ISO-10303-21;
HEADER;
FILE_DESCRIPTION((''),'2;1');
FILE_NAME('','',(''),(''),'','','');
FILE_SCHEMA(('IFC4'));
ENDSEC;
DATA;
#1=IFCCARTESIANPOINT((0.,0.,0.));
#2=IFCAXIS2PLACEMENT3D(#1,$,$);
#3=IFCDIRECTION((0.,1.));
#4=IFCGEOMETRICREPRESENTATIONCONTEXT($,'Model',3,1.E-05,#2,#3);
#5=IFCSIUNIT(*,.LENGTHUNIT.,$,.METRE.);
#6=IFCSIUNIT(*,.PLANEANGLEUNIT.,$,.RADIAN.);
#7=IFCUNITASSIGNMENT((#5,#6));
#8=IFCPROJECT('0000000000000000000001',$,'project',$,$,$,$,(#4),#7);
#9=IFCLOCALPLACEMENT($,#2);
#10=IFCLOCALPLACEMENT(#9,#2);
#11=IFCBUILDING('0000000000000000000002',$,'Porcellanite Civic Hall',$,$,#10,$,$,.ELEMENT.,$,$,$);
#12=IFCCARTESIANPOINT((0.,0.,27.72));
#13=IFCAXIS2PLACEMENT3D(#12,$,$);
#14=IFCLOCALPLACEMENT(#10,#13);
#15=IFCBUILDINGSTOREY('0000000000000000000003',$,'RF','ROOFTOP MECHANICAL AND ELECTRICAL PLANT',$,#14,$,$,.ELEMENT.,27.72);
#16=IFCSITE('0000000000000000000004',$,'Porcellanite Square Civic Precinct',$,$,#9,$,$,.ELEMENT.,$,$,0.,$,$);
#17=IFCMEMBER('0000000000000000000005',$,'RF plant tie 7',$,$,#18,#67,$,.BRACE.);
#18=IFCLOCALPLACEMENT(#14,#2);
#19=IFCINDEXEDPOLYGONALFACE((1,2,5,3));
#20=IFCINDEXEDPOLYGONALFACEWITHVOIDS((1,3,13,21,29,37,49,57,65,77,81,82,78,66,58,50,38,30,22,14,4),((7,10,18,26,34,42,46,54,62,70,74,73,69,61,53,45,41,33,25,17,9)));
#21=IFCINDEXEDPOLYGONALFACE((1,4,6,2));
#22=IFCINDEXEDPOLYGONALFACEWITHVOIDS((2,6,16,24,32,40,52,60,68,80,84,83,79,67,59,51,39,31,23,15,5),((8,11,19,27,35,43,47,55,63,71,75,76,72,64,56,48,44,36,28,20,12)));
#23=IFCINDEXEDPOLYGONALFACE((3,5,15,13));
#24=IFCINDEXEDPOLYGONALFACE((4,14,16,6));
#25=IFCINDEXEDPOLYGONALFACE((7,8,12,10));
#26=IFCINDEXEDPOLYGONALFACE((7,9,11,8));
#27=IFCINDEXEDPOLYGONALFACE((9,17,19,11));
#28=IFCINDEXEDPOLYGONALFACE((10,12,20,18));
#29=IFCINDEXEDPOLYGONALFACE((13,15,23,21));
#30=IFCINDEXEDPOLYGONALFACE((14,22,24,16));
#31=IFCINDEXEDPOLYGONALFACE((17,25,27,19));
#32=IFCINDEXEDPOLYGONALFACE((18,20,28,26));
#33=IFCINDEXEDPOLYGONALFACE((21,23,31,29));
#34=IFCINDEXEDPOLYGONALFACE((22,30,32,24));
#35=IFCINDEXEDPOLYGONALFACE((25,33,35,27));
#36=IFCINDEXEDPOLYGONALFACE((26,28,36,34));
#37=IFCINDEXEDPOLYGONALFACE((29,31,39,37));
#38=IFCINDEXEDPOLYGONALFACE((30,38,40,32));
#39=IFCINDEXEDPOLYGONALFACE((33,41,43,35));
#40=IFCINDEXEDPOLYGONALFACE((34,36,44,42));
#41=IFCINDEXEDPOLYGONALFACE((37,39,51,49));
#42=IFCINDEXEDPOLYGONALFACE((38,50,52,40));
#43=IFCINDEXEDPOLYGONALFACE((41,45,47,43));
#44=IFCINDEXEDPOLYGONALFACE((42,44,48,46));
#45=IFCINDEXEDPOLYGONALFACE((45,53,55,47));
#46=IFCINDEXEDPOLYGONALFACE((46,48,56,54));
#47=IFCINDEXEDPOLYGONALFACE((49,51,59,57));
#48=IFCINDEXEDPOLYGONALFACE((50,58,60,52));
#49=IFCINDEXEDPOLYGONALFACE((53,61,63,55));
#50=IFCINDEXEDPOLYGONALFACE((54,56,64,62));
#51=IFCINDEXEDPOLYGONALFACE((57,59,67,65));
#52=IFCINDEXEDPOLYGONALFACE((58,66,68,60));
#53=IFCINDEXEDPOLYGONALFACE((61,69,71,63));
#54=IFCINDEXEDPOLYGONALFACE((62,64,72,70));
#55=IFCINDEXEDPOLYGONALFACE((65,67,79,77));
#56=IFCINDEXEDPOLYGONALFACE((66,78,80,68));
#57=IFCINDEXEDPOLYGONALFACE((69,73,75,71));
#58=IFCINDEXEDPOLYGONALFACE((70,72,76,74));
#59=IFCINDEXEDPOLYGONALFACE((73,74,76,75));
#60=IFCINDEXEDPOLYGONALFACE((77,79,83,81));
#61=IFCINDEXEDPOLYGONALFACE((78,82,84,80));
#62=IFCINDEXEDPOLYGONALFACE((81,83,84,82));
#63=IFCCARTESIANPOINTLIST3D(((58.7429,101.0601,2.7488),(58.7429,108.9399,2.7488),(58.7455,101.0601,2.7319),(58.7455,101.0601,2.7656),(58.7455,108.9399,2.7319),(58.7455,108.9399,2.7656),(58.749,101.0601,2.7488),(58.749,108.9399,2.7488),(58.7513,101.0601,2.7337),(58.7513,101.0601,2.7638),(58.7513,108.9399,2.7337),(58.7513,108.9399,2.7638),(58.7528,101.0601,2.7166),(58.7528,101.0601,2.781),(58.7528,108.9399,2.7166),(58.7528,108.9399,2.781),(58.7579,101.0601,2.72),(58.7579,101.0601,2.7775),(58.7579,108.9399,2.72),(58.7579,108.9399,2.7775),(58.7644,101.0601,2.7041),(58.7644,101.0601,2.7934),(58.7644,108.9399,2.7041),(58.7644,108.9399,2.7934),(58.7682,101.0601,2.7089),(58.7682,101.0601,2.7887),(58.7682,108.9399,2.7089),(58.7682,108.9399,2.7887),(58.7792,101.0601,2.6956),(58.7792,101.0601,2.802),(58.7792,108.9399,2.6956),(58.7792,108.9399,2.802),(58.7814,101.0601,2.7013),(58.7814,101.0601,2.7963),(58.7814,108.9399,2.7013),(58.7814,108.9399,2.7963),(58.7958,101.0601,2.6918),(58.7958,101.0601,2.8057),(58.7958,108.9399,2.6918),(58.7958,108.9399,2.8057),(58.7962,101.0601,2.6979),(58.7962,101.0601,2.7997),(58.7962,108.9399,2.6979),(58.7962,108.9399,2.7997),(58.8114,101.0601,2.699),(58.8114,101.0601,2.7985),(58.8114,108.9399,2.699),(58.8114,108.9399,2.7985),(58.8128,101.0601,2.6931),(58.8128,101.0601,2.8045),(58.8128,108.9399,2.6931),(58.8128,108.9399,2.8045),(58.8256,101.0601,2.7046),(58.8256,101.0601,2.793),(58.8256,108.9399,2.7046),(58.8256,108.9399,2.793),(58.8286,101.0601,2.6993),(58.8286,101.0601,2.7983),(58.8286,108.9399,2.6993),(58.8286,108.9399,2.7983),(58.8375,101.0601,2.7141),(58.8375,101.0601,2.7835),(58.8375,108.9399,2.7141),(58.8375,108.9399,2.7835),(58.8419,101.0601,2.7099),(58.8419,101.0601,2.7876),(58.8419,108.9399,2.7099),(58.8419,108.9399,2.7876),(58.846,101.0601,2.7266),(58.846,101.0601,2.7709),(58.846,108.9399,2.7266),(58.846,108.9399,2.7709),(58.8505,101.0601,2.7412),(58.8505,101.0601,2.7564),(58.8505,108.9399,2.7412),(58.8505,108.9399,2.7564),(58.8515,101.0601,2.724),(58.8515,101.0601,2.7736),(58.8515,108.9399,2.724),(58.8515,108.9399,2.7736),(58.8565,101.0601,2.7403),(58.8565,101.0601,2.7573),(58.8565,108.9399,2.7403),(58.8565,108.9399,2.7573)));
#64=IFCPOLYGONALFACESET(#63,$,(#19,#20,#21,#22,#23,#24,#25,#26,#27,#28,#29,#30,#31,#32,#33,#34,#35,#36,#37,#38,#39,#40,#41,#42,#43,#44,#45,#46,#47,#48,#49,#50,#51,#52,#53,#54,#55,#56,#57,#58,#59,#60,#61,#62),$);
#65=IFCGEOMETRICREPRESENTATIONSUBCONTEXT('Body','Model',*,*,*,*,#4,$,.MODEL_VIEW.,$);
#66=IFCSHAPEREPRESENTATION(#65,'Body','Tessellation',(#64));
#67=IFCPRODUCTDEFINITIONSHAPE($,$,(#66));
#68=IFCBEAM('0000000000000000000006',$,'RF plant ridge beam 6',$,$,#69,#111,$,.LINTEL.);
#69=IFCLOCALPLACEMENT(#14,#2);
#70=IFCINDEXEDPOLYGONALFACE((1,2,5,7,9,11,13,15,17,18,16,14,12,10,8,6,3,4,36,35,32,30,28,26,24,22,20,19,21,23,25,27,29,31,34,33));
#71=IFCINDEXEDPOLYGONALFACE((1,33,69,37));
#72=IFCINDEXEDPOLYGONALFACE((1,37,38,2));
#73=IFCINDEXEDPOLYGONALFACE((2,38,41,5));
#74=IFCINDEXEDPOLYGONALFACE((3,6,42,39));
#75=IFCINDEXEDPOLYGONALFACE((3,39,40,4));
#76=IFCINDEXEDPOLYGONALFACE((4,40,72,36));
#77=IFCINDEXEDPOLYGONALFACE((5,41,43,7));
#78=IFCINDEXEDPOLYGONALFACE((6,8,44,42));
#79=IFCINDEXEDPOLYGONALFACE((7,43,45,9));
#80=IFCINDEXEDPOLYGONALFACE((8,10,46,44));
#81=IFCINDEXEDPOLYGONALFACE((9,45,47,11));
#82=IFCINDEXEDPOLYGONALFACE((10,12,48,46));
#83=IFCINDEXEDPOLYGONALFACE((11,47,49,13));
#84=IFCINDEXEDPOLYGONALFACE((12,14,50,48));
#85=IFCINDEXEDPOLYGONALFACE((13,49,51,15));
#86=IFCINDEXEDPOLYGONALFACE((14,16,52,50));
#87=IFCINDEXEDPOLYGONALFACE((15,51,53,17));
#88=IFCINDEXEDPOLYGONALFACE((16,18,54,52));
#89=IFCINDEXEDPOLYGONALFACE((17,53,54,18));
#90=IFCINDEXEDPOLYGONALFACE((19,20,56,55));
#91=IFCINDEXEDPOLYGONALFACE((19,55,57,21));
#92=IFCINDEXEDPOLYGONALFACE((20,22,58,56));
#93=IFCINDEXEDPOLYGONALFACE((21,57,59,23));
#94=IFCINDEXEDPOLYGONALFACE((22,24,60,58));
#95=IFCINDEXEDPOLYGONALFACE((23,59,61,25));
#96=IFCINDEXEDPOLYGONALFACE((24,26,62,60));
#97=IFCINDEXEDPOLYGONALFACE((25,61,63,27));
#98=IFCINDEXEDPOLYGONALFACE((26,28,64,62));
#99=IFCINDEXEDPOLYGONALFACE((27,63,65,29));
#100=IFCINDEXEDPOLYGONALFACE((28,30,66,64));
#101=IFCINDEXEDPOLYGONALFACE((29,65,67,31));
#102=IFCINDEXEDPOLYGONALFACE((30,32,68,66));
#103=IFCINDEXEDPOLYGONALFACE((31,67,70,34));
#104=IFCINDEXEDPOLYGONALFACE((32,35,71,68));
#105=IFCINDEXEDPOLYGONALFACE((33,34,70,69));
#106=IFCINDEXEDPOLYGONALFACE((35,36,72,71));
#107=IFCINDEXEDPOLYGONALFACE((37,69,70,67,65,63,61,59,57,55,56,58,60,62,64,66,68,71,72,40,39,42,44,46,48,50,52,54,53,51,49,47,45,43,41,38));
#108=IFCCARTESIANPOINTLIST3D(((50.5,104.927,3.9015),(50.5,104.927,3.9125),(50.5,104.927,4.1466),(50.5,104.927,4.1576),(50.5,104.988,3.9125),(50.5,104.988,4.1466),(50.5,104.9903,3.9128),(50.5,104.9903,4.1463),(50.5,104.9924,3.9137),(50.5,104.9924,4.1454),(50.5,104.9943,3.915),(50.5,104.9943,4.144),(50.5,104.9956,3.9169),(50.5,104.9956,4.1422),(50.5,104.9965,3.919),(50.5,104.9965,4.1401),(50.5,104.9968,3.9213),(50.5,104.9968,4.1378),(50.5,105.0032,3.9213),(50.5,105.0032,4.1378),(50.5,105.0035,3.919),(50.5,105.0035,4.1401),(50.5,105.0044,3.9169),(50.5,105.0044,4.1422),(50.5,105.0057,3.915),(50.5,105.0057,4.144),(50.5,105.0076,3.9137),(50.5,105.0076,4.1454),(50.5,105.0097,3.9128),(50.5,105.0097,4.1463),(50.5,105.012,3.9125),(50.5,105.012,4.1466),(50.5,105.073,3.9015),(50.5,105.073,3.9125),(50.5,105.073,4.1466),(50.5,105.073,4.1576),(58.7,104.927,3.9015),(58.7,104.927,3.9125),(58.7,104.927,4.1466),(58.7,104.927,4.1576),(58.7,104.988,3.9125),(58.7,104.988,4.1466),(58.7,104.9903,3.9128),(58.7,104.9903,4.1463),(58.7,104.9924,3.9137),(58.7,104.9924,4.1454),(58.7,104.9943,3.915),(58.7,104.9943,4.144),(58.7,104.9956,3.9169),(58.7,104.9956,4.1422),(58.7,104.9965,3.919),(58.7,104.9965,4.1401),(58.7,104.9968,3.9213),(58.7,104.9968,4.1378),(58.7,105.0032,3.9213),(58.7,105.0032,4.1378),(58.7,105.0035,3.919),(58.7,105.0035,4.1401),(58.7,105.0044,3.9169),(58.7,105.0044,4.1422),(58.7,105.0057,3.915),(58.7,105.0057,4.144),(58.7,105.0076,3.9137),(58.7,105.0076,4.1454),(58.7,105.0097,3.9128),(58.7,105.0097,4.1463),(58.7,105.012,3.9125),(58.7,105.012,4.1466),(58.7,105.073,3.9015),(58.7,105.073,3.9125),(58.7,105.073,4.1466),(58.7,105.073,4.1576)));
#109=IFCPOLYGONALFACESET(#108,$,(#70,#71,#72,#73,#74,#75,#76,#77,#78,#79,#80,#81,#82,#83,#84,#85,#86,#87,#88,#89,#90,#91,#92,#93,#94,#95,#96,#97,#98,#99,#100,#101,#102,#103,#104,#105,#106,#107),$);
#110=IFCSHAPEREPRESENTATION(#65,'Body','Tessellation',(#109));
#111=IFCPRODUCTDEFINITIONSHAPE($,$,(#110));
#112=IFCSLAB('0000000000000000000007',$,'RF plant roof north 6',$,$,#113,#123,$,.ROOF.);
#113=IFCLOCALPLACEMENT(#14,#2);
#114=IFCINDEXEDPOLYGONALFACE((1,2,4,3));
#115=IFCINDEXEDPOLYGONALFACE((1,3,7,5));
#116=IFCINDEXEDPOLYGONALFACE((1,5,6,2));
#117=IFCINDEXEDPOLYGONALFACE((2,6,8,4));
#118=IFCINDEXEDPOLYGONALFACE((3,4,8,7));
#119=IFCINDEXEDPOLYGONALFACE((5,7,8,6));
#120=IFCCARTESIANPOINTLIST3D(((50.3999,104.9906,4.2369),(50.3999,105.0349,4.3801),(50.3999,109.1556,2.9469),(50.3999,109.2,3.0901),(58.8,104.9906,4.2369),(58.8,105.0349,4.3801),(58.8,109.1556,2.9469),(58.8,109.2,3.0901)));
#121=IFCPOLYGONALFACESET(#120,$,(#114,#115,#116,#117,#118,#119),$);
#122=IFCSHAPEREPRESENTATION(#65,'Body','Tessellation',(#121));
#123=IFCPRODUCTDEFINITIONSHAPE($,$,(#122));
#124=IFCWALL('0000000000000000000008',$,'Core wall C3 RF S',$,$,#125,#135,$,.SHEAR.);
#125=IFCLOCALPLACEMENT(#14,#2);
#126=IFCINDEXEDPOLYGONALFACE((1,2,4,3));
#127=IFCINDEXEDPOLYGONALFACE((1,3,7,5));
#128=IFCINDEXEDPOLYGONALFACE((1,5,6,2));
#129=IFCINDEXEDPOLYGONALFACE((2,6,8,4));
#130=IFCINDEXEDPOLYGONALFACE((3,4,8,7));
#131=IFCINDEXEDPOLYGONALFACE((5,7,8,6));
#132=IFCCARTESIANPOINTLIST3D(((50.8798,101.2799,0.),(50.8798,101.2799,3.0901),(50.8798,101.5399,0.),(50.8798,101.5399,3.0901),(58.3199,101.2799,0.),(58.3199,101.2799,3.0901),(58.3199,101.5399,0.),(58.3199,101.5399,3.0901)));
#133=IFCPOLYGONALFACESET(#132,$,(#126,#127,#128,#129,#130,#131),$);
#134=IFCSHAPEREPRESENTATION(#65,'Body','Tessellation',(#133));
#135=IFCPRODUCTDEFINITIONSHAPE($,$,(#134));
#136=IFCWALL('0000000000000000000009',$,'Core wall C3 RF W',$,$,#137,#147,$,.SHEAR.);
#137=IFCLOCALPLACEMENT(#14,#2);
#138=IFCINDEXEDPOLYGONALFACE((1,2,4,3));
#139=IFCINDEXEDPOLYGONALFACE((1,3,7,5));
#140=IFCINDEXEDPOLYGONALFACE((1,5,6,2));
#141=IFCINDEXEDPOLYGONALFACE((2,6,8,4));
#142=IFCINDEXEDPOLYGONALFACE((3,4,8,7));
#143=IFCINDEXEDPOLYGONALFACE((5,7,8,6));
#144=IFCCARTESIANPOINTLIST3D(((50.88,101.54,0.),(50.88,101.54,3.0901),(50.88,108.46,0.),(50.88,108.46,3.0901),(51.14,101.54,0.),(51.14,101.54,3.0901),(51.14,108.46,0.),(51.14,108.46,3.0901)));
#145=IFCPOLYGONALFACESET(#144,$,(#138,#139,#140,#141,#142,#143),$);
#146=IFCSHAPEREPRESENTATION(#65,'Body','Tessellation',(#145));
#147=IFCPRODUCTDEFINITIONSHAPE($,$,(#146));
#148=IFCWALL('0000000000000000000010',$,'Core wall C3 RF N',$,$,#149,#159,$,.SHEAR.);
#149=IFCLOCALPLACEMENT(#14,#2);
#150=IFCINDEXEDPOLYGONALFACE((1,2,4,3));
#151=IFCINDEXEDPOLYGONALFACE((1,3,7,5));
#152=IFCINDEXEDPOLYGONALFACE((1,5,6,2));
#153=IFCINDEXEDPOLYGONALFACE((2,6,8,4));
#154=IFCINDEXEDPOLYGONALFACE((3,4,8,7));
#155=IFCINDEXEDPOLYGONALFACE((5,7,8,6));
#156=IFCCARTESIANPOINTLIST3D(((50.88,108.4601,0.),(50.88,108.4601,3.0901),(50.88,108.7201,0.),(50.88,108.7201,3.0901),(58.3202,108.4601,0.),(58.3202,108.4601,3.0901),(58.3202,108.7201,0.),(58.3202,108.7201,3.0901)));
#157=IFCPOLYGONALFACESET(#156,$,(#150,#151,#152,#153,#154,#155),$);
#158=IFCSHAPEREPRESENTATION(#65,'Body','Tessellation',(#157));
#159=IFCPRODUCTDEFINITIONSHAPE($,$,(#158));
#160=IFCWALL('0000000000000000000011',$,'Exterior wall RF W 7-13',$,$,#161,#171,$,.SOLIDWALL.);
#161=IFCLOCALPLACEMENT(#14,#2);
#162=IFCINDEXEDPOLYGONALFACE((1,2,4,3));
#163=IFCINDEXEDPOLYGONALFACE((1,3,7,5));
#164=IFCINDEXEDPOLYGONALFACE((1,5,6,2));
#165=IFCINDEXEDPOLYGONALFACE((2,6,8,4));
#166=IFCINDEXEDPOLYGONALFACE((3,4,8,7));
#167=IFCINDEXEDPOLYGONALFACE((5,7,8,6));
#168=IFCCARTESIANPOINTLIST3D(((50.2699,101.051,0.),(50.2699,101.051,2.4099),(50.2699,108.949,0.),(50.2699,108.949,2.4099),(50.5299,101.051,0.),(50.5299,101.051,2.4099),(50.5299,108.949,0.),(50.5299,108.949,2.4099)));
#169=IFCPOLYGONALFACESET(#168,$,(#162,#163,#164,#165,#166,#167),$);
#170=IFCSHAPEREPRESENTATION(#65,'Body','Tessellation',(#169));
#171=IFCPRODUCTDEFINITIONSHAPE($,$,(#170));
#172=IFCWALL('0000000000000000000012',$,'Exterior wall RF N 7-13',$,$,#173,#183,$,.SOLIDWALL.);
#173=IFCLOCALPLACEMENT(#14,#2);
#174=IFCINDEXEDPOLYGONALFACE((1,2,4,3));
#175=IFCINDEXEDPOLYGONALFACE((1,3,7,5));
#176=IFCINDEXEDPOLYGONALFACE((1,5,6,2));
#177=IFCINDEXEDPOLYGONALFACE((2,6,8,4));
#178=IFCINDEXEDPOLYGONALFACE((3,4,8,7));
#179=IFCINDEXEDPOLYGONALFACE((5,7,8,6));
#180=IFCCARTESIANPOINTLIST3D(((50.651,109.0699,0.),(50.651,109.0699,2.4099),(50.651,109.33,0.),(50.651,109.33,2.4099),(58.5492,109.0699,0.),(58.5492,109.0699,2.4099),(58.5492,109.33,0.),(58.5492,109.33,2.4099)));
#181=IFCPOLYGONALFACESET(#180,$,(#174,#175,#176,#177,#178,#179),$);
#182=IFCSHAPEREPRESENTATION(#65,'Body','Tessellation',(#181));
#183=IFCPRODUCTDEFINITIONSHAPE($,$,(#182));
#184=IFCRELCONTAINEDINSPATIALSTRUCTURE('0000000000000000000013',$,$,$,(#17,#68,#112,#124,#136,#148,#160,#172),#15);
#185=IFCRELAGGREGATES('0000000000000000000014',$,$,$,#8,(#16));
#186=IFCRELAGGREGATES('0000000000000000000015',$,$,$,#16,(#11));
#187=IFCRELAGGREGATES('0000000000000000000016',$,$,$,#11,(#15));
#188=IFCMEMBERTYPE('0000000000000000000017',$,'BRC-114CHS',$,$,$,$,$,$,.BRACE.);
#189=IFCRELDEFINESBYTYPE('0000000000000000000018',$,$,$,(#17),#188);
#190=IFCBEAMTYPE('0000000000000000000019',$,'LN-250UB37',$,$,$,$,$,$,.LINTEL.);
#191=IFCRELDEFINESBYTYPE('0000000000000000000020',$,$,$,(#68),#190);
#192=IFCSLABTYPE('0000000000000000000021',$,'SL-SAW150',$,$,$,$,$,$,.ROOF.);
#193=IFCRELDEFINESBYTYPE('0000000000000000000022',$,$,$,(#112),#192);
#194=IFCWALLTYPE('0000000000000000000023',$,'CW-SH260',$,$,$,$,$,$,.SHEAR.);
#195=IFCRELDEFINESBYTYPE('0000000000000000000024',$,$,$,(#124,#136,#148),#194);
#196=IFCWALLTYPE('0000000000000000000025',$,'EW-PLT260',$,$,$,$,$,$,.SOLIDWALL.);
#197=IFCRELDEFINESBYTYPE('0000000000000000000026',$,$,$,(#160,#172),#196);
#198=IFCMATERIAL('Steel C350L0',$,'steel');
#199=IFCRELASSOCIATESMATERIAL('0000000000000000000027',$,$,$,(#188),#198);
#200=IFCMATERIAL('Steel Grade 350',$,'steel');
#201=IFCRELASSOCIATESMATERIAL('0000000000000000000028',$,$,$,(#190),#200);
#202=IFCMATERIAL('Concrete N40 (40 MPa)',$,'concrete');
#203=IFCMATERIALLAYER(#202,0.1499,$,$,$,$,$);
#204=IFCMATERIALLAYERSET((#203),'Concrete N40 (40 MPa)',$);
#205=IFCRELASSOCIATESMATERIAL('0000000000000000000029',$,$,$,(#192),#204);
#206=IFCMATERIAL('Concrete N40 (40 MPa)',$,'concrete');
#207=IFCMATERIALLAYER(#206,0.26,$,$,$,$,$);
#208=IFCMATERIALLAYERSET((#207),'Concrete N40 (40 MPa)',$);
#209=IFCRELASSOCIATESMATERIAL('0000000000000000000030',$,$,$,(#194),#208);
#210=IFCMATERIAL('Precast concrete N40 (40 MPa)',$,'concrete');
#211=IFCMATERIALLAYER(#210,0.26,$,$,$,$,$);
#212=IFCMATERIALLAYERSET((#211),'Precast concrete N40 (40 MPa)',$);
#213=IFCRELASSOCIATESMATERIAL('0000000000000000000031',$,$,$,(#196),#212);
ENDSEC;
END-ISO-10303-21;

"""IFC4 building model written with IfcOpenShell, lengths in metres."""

from ifc_helpers import new_model, si_unit, direction, frame, frame_2d, origin, origin_2d, place, context, subcontext, project, spatial, polyline, rectangle, hollow_circle, i_section, outline, extrude, material, layer, layer_set, material_profile, profile_set, type_object, element, save


model = new_model("IFC4")

# Units and contexts
model_context = context("Model", 3, precision=1e-05, world=origin(), true_north=direction((0.0, 1.0)))
body_context = subcontext(model_context, "Body", "Model", "MODEL_VIEW")
ifc_project = project(units=[si_unit("LENGTHUNIT", "METRE"), si_unit("PLANEANGLEUNIT", "RADIAN")], contexts=[model_context])

# Site, building, storey
site_placement = place(None, origin())
site = spatial("IfcSite", under=ifc_project, at=site_placement, Name="Porcellanite Square Civic Precinct", CompositionType="ELEMENT", RefElevation=0.0)
building_placement = place(site_placement, origin())
building = spatial("IfcBuilding", under=site, at=building_placement, Name="Porcellanite Civic Hall", CompositionType="ELEMENT")
storey_placement = place(building_placement, frame((0.0, 0.0, 27.72)))
storey = spatial("IfcBuildingStorey", under=building, at=storey_placement, Name="RF", Description="ROOFTOP MECHANICAL AND ELECTRICAL PLANT", CompositionType="ELEMENT", Elevation=27.72)

# Member
ifc_material_1 = material(Name="Steel C350L0", Category="steel")
ifc_material_profile_1 = material_profile(ifc_material_1, hollow_circle(Radius=0.0571, WallThickness=0.0061, at=origin_2d()), Name="114.3x6.0CHS")
ifc_profile_set_1 = profile_set([ifc_material_profile_1], Name="Steel C350L0")
member_type = type_object("IfcMemberType", Name="BRC-114CHS", PredefinedType="BRACE", material=ifc_profile_set_1)
for number, where, z_axis, x_axis, name in (
    (1, (58.8, 101.0601, 2.7488), (0.0, 1.0, 0.0), (-1.0, 0.0, 0.0), "RF plant tie 7"),
):
    element("IfcMember", number, at=place(storey_placement, frame(where, z_axis=z_axis, x_axis=x_axis)), inside=storey, type_object=member_type, Name=name, PredefinedType="BRACE", context=body_context, shape_type="SweptSolid", body=[
        extrude(hollow_circle(Radius=0.0571, WallThickness=0.0061, at=origin_2d()), origin(), (0.0, 0.0, 1.0), 7.8799),
    ])

# Beam
ifc_material_2 = material(Name="Steel Grade 350", Category="steel")
ifc_material_profile_2 = material_profile(ifc_material_2, i_section(OverallWidth=0.146, OverallDepth=0.2561, WebThickness=0.0063, FlangeThickness=0.011, FilletRadius=0.0088, at=origin_2d()), Name="250UB37.3")
ifc_profile_set_2 = profile_set([ifc_material_profile_2], Name="Steel Grade 350")
beam_type_1 = type_object("IfcBeamType", Name="LN-250UB37", PredefinedType="LINTEL", material=ifc_profile_set_2)
beam_placement = place(storey_placement, frame((50.5, 105.0, 4.0295), z_axis=(1.0, 0.0, 0.0), x_axis=(0.0, 1.0, 0.0)))
element("IfcBeam", 2, at=beam_placement, inside=storey, type_object=beam_type_1, Name="RF plant ridge beam 6", PredefinedType="LINTEL", context=body_context, shape_type="SweptSolid", body=[
    extrude(i_section(OverallWidth=0.146, OverallDepth=0.2561, WebThickness=0.0063, FlangeThickness=0.011, FilletRadius=0.0088, at=origin_2d()), origin(), (0.0, 0.0, 1.0), 8.2),
])

# Slab
ifc_material_3 = material(Name="Concrete N40 (40 MPa)", Category="concrete")
ifc_layer_1 = layer(ifc_material_3, 0.1499)
ifc_layer_set_1 = layer_set([ifc_layer_1], Name="Concrete N40 (40 MPa)")
slab_type = type_object("IfcSlabType", Name="SL-SAW150", PredefinedType="ROOF", material=ifc_layer_set_1)
slab_placement = place(storey_placement, frame((50.3999, 105.0349, 4.3801), z_axis=(0.0, 0.295864, 0.95523), x_axis=(1.0, 0.0, 0.0)))
element("IfcSlab", 3, at=slab_placement, inside=storey, type_object=slab_type, Name="RF plant roof north 6", PredefinedType="ROOF", context=body_context, shape_type="SweptSolid", body=[
    extrude(outline(polyline([(0.0, 0.0), (8.4001, 0.0), (8.4001, 4.3602), (0.0, 4.3602), (0.0, 0.0)])), origin(), (0.0, 0.0, -1.0), 0.1499),
])

# Walls
ifc_material_4 = material(Name="Concrete N40 (40 MPa)", Category="concrete")
ifc_layer_2 = layer(ifc_material_4, 0.26)
ifc_layer_set_2 = layer_set([ifc_layer_2], Name="Concrete N40 (40 MPa)")
wall_type_1 = type_object("IfcWallType", Name="CW-SH260", PredefinedType="SHEAR", material=ifc_layer_set_2)
wall_1_placement = place(storey_placement, frame((58.3201, 101.4099, 0.0), z_axis=(0.0, 0.0, 1.0), x_axis=(-1.0, 0.0, 0.0)))
element("IfcWall", 4, at=wall_1_placement, inside=storey, type_object=wall_type_1, Name="Core wall C3 RF S", PredefinedType="SHEAR", context=body_context, shape_type="SweptSolid", body=[
    extrude(rectangle(XDim=7.4402, YDim=0.26, at=frame_2d((3.7202, 0.0))), origin(), (0.0, 0.0, 1.0), 3.0901),
])
wall_2_placement = place(storey_placement, frame((51.01, 101.54, 0.0), z_axis=(0.0, 0.0, 1.0), x_axis=(0.0, 1.0, 0.0)))
element("IfcWall", 5, at=wall_2_placement, inside=storey, type_object=wall_type_1, Name="Core wall C3 RF W", PredefinedType="SHEAR", context=body_context, shape_type="SweptSolid", body=[
    extrude(rectangle(XDim=6.9199, YDim=0.26, at=frame_2d((3.46, 0.0))), origin(), (0.0, 0.0, 1.0), 3.0901),
])
wall_3_placement = place(storey_placement, frame((50.8799, 108.5901, 0.0), z_axis=(0.0, 0.0, 1.0), x_axis=(1.0, 0.0, 0.0)))
element("IfcWall", 6, at=wall_3_placement, inside=storey, type_object=wall_type_1, Name="Core wall C3 RF N", PredefinedType="SHEAR", context=body_context, shape_type="SweptSolid", body=[
    extrude(rectangle(XDim=7.4402, YDim=0.26, at=frame_2d((3.7202, 0.0))), origin(), (0.0, 0.0, 1.0), 3.0901),
])

# Walls
ifc_material_5 = material(Name="Precast concrete N40 (40 MPa)", Category="concrete")
ifc_layer_3 = layer(ifc_material_5, 0.26)
ifc_layer_set_3 = layer_set([ifc_layer_3], Name="Precast concrete N40 (40 MPa)")
wall_type_2 = type_object("IfcWallType", Name="EW-PLT260", PredefinedType="SOLIDWALL", material=ifc_layer_set_3)
wall_4_placement = place(storey_placement, frame((50.3999, 101.051, 0.0), z_axis=(0.0, 0.0, 1.0), x_axis=(0.0, 1.0, 0.0)))
element("IfcWall", 7, at=wall_4_placement, inside=storey, type_object=wall_type_2, Name="Exterior wall RF W 7-13", PredefinedType="SOLIDWALL", context=body_context, shape_type="SweptSolid", body=[
    extrude(rectangle(XDim=7.8979, YDim=0.26, at=frame_2d((3.949, 0.0))), origin(), (0.0, 0.0, 1.0), 2.4099),
])
wall_5_placement = place(storey_placement, frame((50.6509, 109.2, 0.0), z_axis=(0.0, 0.0, 1.0), x_axis=(1.0, 0.0, 0.0)))
element("IfcWall", 8, at=wall_5_placement, inside=storey, type_object=wall_type_2, Name="Exterior wall RF N 7-13", PredefinedType="SOLIDWALL", context=body_context, shape_type="SweptSolid", body=[
    extrude(rectangle(XDim=7.8982, YDim=0.26, at=frame_2d((3.9492, 0.0))), origin(), (0.0, 0.0, 1.0), 2.4099),
])

save(model, "model.ifc")
